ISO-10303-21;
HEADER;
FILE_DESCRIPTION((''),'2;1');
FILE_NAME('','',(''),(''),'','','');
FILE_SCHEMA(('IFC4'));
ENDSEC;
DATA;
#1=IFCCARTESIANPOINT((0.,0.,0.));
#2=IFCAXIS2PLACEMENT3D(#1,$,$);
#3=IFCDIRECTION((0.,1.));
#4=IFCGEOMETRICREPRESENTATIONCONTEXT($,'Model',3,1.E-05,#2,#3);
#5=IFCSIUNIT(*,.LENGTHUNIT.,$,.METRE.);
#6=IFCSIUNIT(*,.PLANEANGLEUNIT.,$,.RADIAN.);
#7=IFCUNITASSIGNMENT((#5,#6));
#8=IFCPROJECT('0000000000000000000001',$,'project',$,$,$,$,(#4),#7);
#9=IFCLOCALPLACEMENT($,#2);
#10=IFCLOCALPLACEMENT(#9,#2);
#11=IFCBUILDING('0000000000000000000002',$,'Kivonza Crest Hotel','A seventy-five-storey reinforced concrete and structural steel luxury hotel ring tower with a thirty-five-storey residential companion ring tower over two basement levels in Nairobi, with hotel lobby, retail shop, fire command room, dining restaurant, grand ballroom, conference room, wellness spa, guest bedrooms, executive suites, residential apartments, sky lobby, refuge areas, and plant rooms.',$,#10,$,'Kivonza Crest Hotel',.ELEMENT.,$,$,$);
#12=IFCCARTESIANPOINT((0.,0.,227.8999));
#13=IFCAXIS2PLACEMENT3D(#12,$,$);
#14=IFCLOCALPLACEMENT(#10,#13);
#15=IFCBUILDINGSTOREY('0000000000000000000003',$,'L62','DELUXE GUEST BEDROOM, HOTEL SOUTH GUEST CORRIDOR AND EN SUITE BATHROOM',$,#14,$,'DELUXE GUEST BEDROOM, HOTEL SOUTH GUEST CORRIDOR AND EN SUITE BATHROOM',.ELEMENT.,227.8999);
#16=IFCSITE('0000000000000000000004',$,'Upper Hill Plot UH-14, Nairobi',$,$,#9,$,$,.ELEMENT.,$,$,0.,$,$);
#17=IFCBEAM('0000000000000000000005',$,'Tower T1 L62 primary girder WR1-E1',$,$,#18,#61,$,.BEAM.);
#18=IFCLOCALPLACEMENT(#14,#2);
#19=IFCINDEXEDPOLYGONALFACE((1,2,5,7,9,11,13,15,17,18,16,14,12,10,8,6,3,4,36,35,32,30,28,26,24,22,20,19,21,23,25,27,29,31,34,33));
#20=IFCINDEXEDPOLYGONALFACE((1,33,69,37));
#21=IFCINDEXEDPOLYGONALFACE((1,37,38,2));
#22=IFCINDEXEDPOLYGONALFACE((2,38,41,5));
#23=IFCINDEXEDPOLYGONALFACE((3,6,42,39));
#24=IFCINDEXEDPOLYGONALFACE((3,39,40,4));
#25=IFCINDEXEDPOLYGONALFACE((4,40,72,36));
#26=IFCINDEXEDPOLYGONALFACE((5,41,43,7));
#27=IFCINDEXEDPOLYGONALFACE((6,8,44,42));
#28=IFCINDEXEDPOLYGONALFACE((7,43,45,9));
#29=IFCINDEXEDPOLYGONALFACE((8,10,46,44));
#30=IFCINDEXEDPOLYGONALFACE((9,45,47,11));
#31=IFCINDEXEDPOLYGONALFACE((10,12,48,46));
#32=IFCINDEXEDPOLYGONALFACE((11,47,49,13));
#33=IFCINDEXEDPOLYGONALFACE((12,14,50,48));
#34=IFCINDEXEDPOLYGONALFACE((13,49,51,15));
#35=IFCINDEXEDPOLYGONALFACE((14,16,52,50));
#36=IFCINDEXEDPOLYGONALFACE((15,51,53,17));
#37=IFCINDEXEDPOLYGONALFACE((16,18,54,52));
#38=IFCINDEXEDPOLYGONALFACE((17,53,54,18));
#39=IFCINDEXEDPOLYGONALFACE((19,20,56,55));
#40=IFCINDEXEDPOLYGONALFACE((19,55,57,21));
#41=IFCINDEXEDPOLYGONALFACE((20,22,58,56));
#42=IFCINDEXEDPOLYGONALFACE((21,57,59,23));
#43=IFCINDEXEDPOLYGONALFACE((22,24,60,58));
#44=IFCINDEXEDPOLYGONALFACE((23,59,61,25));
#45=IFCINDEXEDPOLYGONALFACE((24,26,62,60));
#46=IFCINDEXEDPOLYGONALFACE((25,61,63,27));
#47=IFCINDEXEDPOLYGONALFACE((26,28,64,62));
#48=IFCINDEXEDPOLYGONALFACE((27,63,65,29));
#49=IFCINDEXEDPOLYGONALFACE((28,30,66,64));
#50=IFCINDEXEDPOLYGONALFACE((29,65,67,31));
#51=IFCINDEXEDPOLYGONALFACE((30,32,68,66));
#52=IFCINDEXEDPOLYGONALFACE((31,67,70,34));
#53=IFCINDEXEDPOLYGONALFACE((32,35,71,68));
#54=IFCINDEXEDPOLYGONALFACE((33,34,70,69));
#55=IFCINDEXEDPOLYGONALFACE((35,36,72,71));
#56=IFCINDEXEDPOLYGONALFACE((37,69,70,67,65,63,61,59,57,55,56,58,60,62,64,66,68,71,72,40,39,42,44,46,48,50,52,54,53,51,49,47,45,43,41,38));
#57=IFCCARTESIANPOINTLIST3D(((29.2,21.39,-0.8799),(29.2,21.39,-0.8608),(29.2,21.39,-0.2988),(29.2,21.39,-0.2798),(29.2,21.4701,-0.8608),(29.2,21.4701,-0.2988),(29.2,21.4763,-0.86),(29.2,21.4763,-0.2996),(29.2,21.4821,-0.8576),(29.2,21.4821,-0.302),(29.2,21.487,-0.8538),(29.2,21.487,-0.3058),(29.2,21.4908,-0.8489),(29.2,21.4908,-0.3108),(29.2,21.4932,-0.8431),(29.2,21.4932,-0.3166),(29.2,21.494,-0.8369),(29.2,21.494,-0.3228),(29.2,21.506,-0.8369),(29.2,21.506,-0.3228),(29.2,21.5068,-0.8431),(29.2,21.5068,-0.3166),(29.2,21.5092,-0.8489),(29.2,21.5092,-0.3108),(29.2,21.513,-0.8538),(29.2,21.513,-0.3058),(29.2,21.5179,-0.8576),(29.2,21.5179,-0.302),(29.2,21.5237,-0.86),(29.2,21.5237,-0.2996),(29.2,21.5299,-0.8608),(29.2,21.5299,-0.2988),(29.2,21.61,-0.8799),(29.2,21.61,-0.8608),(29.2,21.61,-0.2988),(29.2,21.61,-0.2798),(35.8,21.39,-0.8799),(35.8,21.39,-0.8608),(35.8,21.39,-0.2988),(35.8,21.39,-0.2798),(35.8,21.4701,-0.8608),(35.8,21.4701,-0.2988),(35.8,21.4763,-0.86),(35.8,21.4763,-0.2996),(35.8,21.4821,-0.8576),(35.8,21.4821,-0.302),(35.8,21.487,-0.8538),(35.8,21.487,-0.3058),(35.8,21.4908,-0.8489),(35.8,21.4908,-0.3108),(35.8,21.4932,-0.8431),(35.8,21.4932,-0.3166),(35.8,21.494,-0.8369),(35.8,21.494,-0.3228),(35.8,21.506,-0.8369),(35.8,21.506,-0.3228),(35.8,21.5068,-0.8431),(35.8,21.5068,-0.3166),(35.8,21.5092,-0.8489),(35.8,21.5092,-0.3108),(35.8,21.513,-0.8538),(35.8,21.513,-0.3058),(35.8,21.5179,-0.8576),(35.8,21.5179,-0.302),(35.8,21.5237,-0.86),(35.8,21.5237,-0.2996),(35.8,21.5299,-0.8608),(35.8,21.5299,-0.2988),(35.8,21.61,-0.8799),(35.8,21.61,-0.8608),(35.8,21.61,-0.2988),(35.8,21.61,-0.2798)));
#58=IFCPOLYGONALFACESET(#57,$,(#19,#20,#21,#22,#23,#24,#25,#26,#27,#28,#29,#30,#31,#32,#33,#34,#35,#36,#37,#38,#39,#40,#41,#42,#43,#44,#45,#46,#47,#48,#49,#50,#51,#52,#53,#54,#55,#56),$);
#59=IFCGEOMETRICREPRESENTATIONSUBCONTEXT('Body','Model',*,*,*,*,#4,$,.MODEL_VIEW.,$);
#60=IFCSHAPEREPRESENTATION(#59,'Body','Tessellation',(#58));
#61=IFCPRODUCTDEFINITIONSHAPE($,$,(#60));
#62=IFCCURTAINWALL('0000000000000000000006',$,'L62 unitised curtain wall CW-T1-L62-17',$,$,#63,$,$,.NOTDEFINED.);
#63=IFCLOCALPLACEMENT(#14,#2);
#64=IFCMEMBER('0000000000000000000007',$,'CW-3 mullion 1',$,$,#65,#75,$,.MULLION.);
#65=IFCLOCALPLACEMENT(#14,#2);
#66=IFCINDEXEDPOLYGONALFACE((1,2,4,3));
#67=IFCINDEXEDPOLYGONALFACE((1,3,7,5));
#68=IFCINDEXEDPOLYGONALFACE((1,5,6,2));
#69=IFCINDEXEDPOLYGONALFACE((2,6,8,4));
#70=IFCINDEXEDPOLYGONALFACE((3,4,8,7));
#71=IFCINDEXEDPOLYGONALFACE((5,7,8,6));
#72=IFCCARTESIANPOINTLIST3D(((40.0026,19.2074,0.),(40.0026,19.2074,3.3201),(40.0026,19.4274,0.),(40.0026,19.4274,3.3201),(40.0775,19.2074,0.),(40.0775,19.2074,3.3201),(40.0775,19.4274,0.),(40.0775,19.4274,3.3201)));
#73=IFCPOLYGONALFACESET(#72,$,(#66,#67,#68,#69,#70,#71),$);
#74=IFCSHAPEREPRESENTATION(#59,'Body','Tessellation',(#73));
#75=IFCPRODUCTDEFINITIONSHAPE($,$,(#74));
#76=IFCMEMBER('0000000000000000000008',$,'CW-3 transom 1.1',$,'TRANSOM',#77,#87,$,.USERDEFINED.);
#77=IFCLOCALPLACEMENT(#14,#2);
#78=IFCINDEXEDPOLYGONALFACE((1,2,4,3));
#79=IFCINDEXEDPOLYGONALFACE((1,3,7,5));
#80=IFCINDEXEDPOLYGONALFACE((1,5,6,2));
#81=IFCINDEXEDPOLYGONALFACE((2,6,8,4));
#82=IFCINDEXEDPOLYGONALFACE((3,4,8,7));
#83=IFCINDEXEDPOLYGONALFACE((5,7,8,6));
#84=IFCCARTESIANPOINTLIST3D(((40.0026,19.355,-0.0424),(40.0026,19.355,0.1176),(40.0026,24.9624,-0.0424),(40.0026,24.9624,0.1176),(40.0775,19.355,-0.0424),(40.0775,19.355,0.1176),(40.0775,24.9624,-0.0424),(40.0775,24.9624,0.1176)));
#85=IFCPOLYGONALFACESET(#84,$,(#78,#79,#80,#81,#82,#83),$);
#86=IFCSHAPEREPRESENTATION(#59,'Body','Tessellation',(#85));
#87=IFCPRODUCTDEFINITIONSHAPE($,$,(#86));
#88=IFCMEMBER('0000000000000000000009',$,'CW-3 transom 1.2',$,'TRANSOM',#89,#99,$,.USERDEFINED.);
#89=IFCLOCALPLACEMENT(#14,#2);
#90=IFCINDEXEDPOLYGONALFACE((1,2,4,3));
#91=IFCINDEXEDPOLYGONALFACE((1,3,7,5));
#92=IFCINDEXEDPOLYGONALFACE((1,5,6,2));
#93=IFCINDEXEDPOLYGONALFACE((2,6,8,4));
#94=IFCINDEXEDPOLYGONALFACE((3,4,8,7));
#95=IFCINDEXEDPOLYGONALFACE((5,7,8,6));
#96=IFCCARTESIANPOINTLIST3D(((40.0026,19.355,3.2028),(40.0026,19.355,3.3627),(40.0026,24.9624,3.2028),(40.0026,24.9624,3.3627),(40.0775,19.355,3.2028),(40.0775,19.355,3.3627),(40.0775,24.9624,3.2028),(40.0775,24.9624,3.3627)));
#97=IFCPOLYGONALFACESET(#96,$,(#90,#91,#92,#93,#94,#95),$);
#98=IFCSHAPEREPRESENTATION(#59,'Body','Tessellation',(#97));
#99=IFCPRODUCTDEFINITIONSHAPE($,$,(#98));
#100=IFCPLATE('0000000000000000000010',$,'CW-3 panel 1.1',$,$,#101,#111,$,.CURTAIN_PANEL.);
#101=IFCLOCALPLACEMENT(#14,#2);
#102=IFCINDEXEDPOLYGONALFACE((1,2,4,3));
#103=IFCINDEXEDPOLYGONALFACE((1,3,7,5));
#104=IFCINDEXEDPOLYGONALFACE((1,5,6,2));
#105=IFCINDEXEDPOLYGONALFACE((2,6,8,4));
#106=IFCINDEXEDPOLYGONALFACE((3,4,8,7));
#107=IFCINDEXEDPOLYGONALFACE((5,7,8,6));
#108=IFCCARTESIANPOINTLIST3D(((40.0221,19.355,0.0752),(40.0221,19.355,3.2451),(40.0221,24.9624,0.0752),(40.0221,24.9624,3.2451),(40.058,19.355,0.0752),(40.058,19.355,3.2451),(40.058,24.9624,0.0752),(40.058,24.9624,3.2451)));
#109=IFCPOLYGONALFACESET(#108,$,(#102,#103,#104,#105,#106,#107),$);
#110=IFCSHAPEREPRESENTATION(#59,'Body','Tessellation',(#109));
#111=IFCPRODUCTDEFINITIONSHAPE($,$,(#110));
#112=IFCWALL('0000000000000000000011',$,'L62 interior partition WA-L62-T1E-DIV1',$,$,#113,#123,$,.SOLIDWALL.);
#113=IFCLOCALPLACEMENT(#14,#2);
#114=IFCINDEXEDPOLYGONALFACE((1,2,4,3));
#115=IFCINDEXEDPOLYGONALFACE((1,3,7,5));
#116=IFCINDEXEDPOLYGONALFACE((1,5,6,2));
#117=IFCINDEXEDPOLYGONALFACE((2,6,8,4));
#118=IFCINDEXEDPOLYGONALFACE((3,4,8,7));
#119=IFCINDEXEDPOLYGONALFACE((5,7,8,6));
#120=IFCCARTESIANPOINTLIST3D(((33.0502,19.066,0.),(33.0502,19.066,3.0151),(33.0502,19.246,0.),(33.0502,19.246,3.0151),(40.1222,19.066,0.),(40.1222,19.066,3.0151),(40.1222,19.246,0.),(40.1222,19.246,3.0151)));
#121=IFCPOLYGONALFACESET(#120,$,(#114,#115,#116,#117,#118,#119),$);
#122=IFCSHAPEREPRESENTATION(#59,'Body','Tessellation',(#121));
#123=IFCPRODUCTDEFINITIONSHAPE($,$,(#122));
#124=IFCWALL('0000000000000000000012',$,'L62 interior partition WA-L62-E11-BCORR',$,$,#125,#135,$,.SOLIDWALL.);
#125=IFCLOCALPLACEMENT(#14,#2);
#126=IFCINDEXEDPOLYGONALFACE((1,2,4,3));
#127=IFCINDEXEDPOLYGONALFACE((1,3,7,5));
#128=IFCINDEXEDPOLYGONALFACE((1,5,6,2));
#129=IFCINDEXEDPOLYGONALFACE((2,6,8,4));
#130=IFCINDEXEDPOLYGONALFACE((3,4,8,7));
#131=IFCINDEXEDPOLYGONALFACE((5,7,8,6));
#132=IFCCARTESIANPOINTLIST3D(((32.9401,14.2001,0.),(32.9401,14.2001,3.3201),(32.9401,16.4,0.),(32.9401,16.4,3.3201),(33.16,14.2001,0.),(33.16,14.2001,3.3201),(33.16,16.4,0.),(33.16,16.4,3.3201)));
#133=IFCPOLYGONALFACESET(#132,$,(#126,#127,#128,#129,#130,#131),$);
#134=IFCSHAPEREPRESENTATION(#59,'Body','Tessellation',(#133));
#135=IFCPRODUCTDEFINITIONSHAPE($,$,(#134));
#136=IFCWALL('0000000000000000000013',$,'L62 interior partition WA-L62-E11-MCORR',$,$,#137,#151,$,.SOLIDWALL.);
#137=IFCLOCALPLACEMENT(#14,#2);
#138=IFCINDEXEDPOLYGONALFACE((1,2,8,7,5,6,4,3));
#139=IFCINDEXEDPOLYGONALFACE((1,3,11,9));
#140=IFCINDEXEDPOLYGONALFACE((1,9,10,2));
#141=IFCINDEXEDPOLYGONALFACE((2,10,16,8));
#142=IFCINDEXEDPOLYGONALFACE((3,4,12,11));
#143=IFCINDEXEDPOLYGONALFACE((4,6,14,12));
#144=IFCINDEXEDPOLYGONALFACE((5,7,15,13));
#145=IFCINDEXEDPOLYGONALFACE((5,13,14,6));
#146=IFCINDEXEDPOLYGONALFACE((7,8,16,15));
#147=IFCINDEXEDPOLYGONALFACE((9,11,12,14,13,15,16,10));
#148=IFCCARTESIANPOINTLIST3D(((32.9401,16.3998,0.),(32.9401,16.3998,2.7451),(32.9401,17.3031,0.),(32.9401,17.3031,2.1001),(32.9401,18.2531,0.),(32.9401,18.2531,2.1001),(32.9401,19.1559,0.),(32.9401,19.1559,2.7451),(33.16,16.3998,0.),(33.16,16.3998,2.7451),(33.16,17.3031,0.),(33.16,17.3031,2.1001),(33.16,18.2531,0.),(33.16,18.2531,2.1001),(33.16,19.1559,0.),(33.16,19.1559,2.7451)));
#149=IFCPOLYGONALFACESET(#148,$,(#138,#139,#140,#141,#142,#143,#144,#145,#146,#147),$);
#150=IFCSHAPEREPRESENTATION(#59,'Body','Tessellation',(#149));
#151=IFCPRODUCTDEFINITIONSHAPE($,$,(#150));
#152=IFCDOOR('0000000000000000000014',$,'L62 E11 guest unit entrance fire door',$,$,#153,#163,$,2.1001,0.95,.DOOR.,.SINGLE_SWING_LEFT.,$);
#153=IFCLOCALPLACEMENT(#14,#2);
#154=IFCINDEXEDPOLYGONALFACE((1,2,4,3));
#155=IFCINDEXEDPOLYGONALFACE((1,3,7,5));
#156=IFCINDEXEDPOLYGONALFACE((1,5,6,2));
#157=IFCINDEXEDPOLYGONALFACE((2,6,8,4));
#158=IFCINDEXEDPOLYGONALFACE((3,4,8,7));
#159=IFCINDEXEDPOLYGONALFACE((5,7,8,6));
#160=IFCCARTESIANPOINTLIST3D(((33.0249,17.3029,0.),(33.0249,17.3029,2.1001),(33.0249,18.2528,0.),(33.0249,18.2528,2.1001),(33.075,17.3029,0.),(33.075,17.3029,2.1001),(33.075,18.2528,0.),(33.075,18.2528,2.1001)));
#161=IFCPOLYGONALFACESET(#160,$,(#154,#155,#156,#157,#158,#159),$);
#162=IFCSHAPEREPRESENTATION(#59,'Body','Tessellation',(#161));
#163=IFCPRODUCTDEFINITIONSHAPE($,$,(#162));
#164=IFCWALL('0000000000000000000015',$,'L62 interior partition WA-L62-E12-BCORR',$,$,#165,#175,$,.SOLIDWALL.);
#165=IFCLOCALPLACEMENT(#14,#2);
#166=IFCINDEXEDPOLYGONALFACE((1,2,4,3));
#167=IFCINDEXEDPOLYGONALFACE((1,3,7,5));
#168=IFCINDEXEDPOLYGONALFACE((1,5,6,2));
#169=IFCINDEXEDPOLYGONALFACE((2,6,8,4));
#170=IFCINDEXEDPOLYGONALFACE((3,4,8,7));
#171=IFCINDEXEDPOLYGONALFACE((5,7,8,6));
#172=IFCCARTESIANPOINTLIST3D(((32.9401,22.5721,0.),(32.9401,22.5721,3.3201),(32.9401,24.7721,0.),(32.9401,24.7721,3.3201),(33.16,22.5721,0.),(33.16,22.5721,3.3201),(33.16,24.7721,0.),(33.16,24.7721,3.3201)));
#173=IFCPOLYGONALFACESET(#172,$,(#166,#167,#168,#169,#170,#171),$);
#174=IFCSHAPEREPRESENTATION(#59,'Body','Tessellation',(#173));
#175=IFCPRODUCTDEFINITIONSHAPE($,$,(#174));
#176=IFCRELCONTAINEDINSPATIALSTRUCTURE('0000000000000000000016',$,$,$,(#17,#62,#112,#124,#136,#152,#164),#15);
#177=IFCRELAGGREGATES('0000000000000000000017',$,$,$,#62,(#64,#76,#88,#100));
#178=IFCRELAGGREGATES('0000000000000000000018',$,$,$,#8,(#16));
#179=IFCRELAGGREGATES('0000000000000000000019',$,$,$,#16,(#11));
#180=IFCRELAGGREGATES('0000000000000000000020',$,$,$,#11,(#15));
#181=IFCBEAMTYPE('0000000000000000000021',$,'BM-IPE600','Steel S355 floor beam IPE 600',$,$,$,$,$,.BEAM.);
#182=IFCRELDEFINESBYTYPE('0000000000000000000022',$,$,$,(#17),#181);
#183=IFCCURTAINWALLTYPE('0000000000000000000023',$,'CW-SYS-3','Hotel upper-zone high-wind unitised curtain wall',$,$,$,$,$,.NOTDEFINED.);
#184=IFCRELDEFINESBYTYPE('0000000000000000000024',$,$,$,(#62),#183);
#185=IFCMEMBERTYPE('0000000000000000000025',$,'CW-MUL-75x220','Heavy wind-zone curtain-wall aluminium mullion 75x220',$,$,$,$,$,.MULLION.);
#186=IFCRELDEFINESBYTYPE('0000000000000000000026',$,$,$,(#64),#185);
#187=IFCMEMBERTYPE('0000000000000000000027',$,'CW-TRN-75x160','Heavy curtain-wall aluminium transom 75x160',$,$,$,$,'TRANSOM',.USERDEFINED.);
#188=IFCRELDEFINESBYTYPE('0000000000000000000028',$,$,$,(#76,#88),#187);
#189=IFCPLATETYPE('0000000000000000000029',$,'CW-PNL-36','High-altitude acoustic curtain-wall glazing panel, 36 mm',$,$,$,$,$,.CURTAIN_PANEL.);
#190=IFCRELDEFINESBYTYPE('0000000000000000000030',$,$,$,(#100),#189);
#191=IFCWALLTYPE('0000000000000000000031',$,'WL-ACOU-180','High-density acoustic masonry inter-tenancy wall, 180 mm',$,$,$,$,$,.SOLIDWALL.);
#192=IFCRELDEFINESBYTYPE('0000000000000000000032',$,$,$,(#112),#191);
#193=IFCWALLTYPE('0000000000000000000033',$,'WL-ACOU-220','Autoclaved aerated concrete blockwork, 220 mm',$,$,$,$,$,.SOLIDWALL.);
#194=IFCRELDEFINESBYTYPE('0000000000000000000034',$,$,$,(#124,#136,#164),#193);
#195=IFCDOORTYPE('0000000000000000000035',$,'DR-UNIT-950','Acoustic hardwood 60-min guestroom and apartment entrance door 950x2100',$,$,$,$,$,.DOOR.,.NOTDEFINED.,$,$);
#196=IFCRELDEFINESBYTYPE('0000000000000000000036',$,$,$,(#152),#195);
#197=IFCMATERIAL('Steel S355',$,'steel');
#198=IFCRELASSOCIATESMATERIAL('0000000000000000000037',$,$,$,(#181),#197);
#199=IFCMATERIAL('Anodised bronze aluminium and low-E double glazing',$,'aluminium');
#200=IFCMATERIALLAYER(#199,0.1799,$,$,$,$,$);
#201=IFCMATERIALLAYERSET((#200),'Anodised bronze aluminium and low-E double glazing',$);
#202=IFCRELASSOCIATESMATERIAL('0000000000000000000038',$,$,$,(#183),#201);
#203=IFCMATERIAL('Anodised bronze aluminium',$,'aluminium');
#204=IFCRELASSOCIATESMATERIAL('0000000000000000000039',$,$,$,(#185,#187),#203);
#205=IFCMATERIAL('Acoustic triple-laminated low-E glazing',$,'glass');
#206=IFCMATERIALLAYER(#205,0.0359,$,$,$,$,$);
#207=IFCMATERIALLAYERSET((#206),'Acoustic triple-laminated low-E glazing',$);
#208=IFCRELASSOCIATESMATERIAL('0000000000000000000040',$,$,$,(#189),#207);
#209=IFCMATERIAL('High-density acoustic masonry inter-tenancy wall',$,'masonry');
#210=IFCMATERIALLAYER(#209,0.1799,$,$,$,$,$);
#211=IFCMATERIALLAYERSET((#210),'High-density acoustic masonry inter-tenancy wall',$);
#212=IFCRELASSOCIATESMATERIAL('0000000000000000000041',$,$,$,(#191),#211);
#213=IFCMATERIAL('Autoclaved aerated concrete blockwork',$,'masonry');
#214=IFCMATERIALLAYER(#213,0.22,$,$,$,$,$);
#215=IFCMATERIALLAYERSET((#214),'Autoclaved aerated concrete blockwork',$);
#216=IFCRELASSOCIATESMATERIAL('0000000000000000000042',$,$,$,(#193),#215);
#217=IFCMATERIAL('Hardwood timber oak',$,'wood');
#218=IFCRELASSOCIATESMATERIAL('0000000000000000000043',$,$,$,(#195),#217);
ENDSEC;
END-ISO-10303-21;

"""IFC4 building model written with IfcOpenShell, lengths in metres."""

from ifc_helpers import new_model, si_unit, direction, frame, frame_2d, origin, origin_2d, place, context, subcontext, project, spatial, rectangle, i_section, extrude, material, layer, layer_set, material_profile, profile_set, type_object, element, fill, aggregate, save


model = new_model("IFC4")

# Units and contexts
model_context = context("Model", 3, precision=1e-05, world=origin(), true_north=direction((0.0, 1.0)))
body_context = subcontext(model_context, "Body", "Model", "MODEL_VIEW")
ifc_project = project(units=[si_unit("LENGTHUNIT", "METRE"), si_unit("PLANEANGLEUNIT", "RADIAN")], contexts=[model_context])

# Site, building, storey
site_placement = place(None, origin())
site = spatial("IfcSite", under=ifc_project, at=site_placement, Name="Upper Hill Plot UH-14, Nairobi", CompositionType="ELEMENT", RefElevation=0.0)
building_placement = place(site_placement, origin())
building = spatial("IfcBuilding", under=site, at=building_placement, Name="Kivonza Crest Hotel", Description="A seventy-five-storey reinforced concrete and structural steel luxury hotel ring tower with a thirty-five-storey residential companion ring tower over two basement levels in Nairobi, with hotel lobby, retail shop, fire command room, dining restaurant, grand ballroom, conference room, wellness spa, guest bedrooms, executive suites, residential apartments, sky lobby, refuge areas, and plant rooms.", LongName="Kivonza Crest Hotel", CompositionType="ELEMENT")
storey_placement = place(building_placement, frame((0.0, 0.0, 227.8999)))
storey = spatial("IfcBuildingStorey", under=building, at=storey_placement, Name="L62", Description="DELUXE GUEST BEDROOM, HOTEL SOUTH GUEST CORRIDOR AND EN SUITE BATHROOM", LongName="DELUXE GUEST BEDROOM, HOTEL SOUTH GUEST CORRIDOR AND EN SUITE BATHROOM", CompositionType="ELEMENT", Elevation=227.8999)

# Beam
ifc_material_1 = material(Name="Steel S355", Category="steel")
ifc_material_profile_1 = material_profile(ifc_material_1, i_section(OverallWidth=0.22, OverallDepth=0.6001, WebThickness=0.012, FlangeThickness=0.019, FilletRadius=0.0239, at=origin_2d()), Name="IPE 600")
ifc_profile_set_1 = profile_set([ifc_material_profile_1], Name="Steel S355")
beam_type_1 = type_object("IfcBeamType", Name="BM-IPE600", Description="Steel S355 floor beam IPE 600", PredefinedType="BEAM", material=ifc_profile_set_1)
beam_1_placement = place(storey_placement, frame((29.2, 21.5, -0.5798), z_axis=(1.0, 0.0, 0.0), x_axis=(0.0, 1.0, 0.0)))
element("IfcBeam", 1, at=beam_1_placement, inside=storey, type_object=beam_type_1, Name="Tower T1 L62 primary girder WR1-E1", PredefinedType="BEAM", context=body_context, shape_type="SweptSolid", body=[
    extrude(i_section(OverallWidth=0.22, OverallDepth=0.6001, WebThickness=0.012, FlangeThickness=0.019, FilletRadius=0.0239, at=origin_2d()), origin(), (0.0, 0.0, 1.0), 6.6001),
])

# Curtain wall, members, plate
ifc_material_2 = material(Name="Anodised bronze aluminium and low-E double glazing", Category="aluminium")
ifc_layer_1 = layer(ifc_material_2, 0.1799)
ifc_layer_set_1 = layer_set([ifc_layer_1], Name="Anodised bronze aluminium and low-E double glazing")
curtain_wall_type = type_object("IfcCurtainWallType", Name="CW-SYS-3", Description="Hotel upper-zone high-wind unitised curtain wall", PredefinedType="NOTDEFINED", material=ifc_layer_set_1)
curtain_wall_placement = place(storey_placement, origin())
curtain_wall = element("IfcCurtainWall", 2, at=curtain_wall_placement, inside=storey, type_object=curtain_wall_type, Name="L62 unitised curtain wall CW-T1-L62-17", PredefinedType="NOTDEFINED")
ifc_material_3 = material(Name="Anodised bronze aluminium", Category="aluminium")
ifc_material_profile_2 = material_profile(ifc_material_3, rectangle(XDim=0.075, YDim=0.22, at=origin_2d()), Name="CW-M 75x220")
ifc_profile_set_2 = profile_set([ifc_material_profile_2], Name="Anodised bronze aluminium")
member_type_1 = type_object("IfcMemberType", Name="CW-MUL-75x220", Description="Heavy wind-zone curtain-wall aluminium mullion 75x220", PredefinedType="MULLION", material=ifc_profile_set_2)
member_1_placement = place(storey_placement, frame((40.04, 19.3174, 0.0), z_axis=(0.0, 0.0, 1.0), x_axis=(-1.0, 0.0, 0.0)))
member_1 = element("IfcMember", 3, at=member_1_placement, type_object=member_type_1, Name="CW-3 mullion 1", PredefinedType="MULLION", context=body_context, shape_type="SweptSolid", body=[
    extrude(rectangle(XDim=0.075, YDim=0.22, at=origin_2d()), origin(), (0.0, 0.0, 1.0), 3.3201),
])
ifc_material_profile_3 = material_profile(ifc_material_3, rectangle(XDim=0.075, YDim=0.1599, at=origin_2d()), Name="CW-T 75x160")
ifc_profile_set_3 = profile_set([ifc_material_profile_3], Name="Anodised bronze aluminium")
member_type_2 = type_object("IfcMemberType", Name="CW-TRN-75x160", Description="Heavy curtain-wall aluminium transom 75x160", ElementType="TRANSOM", PredefinedType="USERDEFINED", material=ifc_profile_set_3)
member_2_placement = place(storey_placement, frame((40.04, 19.355, 0.0376), z_axis=(0.0, 1.0, 0.0), x_axis=(-1.0, 0.0, 0.0)))
member_2 = element("IfcMember", 4, at=member_2_placement, type_object=member_type_2, Name="CW-3 transom 1.1", ObjectType="TRANSOM", PredefinedType="USERDEFINED", context=body_context, shape_type="SweptSolid", body=[
    extrude(rectangle(XDim=0.075, YDim=0.1599, at=origin_2d()), origin(), (0.0, 0.0, 1.0), 5.6074),
])
member_3_placement = place(storey_placement, frame((40.04, 19.355, 3.2827), z_axis=(0.0, 1.0, 0.0), x_axis=(-1.0, 0.0, 0.0)))
member_3 = element("IfcMember", 5, at=member_3_placement, type_object=member_type_2, Name="CW-3 transom 1.2", ObjectType="TRANSOM", PredefinedType="USERDEFINED", context=body_context, shape_type="SweptSolid", body=[
    extrude(rectangle(XDim=0.075, YDim=0.1599, at=origin_2d()), origin(), (0.0, 0.0, 1.0), 5.6074),
])
ifc_material_4 = material(Name="Acoustic triple-laminated low-E glazing", Category="glass")
ifc_layer_2 = layer(ifc_material_4, 0.0359)
ifc_layer_set_2 = layer_set([ifc_layer_2], Name="Acoustic triple-laminated low-E glazing")
plate_type = type_object("IfcPlateType", Name="CW-PNL-36", Description="High-altitude acoustic curtain-wall glazing panel, 36 mm", PredefinedType="CURTAIN_PANEL", material=ifc_layer_set_2)
plate_placement = place(storey_placement, frame((40.04, 22.1587, 0.0752), z_axis=(0.0, 0.0, 1.0), x_axis=(0.0, 1.0, 0.0)))
plate = element("IfcPlate", 6, at=plate_placement, type_object=plate_type, Name="CW-3 panel 1.1", PredefinedType="CURTAIN_PANEL", context=body_context, shape_type="SweptSolid", body=[
    extrude(rectangle(XDim=5.6074, YDim=0.0359, at=origin_2d()), origin(), (0.0, 0.0, 1.0), 3.1699),
])
aggregate(curtain_wall, [member_1, member_2, member_3, plate])

# Walls
ifc_material_5 = material(Name="High-density acoustic masonry inter-tenancy wall", Category="masonry")
ifc_layer_3 = layer(ifc_material_5, 0.1799)
ifc_layer_set_3 = layer_set([ifc_layer_3], Name="High-density acoustic masonry inter-tenancy wall")
wall_type_1 = type_object("IfcWallType", Name="WL-ACOU-180", Description="High-density acoustic masonry inter-tenancy wall, 180 mm", PredefinedType="SOLIDWALL", material=ifc_layer_set_3)
wall_1_placement = place(storey_placement, frame((33.05, 19.156, 0.0), z_axis=(0.0, 0.0, 1.0), x_axis=(1.0, 0.0, 0.0)))
element("IfcWall", 7, at=wall_1_placement, inside=storey, type_object=wall_type_1, Name="L62 interior partition WA-L62-T1E-DIV1", PredefinedType="SOLIDWALL", context=body_context, shape_type="SweptSolid", body=[
    extrude(rectangle(XDim=7.072, YDim=0.1799, at=frame_2d((3.5361, 0.0))), origin(), (0.0, 0.0, 1.0), 3.0151),
])
ifc_material_6 = material(Name="Autoclaved aerated concrete blockwork", Category="masonry")
ifc_layer_4 = layer(ifc_material_6, 0.22)
ifc_layer_set_4 = layer_set([ifc_layer_4], Name="Autoclaved aerated concrete blockwork")
wall_type_2 = type_object("IfcWallType", Name="WL-ACOU-220", Description="Autoclaved aerated concrete blockwork, 220 mm", PredefinedType="SOLIDWALL", material=ifc_layer_set_4)
wall_2_placement = place(storey_placement, frame((33.05, 14.2, 0.0), z_axis=(0.0, 0.0, 1.0), x_axis=(0.0, 1.0, 0.0)))
element("IfcWall", 8, at=wall_2_placement, inside=storey, type_object=wall_type_2, Name="L62 interior partition WA-L62-E11-BCORR", PredefinedType="SOLIDWALL", context=body_context, shape_type="SweptSolid", body=[
    extrude(rectangle(XDim=2.2, YDim=0.22, at=frame_2d((1.1001, 0.0))), origin(), (0.0, 0.0, 1.0), 3.3201),
])

# Wall, opening, door
wall_3_placement = place(storey_placement, frame((33.05, 16.3999, 0.0), z_axis=(0.0, 0.0, 1.0), x_axis=(0.0, 1.0, 0.0)))
wall_3 = element("IfcWall", 9, at=wall_3_placement, inside=storey, type_object=wall_type_2, Name="L62 interior partition WA-L62-E11-MCORR", PredefinedType="SOLIDWALL", context=body_context, shape_type="SweptSolid", body=[
    extrude(rectangle(XDim=2.7561, YDim=0.22, at=frame_2d((1.3779, 0.0))), origin(), (0.0, 0.0, 1.0), 2.7451),
])
opening_1_placement = place(wall_3_placement, frame((0.9031, 0.0, 0.0)))
opening_1 = element("IfcOpeningElement", 10, at=opening_1_placement, cuts=wall_3, PredefinedType="OPENING", context=body_context, shape_type="SweptSolid", body=[
    extrude(rectangle(XDim=0.95, YDim=2.1001, at=frame_2d((0.4751, 1.05))), frame((0.0, 0.1201, 0.0), z_axis=(0.0, -1.0, 0.0), x_axis=(1.0, 0.0, 0.0)), (0.0, 0.0, 1.0), 0.24),
])
ifc_material_7 = material(Name="Hardwood timber oak", Category="wood")
door_type_1 = type_object("IfcDoorType", Name="DR-UNIT-950", Description="Acoustic hardwood 60-min guestroom and apartment entrance door 950x2100", OperationType="NOTDEFINED", PredefinedType="DOOR", material=ifc_material_7)
door_1_placement = place(opening_1_placement, frame((0.95, 0.0, 0.0), z_axis=(0.0, 0.0, 1.0), x_axis=(-1.0, 0.0, 0.0)))
door_1 = element("IfcDoor", 11, at=door_1_placement, inside=storey, type_object=door_type_1, Name="L62 E11 guest unit entrance fire door", OperationType="SINGLE_SWING_LEFT", OverallHeight=2.1001, OverallWidth=0.95, PredefinedType="DOOR", context=body_context, shape_type="SweptSolid", body=[
    extrude(rectangle(XDim=0.95, YDim=2.1001, at=frame_2d((0.4751, 1.05))), frame((0.0, 0.0249, 0.0), z_axis=(0.0, -1.0, 0.0), x_axis=(1.0, 0.0, 0.0)), (0.0, 0.0, 1.0), 0.05),
])
fill(opening_1, door_1)

# Wall
wall_4_placement = place(storey_placement, frame((33.05, 22.572, 0.0), z_axis=(0.0, 0.0, 1.0), x_axis=(0.0, 1.0, 0.0)))
element("IfcWall", 12, at=wall_4_placement, inside=storey, type_object=wall_type_2, Name="L62 interior partition WA-L62-E12-BCORR", PredefinedType="SOLIDWALL", context=body_context, shape_type="SweptSolid", body=[
    extrude(rectangle(XDim=2.2, YDim=0.22, at=frame_2d((1.1001, 0.0))), origin(), (0.0, 0.0, 1.0), 3.3201),
])

save(model, "model.ifc")
